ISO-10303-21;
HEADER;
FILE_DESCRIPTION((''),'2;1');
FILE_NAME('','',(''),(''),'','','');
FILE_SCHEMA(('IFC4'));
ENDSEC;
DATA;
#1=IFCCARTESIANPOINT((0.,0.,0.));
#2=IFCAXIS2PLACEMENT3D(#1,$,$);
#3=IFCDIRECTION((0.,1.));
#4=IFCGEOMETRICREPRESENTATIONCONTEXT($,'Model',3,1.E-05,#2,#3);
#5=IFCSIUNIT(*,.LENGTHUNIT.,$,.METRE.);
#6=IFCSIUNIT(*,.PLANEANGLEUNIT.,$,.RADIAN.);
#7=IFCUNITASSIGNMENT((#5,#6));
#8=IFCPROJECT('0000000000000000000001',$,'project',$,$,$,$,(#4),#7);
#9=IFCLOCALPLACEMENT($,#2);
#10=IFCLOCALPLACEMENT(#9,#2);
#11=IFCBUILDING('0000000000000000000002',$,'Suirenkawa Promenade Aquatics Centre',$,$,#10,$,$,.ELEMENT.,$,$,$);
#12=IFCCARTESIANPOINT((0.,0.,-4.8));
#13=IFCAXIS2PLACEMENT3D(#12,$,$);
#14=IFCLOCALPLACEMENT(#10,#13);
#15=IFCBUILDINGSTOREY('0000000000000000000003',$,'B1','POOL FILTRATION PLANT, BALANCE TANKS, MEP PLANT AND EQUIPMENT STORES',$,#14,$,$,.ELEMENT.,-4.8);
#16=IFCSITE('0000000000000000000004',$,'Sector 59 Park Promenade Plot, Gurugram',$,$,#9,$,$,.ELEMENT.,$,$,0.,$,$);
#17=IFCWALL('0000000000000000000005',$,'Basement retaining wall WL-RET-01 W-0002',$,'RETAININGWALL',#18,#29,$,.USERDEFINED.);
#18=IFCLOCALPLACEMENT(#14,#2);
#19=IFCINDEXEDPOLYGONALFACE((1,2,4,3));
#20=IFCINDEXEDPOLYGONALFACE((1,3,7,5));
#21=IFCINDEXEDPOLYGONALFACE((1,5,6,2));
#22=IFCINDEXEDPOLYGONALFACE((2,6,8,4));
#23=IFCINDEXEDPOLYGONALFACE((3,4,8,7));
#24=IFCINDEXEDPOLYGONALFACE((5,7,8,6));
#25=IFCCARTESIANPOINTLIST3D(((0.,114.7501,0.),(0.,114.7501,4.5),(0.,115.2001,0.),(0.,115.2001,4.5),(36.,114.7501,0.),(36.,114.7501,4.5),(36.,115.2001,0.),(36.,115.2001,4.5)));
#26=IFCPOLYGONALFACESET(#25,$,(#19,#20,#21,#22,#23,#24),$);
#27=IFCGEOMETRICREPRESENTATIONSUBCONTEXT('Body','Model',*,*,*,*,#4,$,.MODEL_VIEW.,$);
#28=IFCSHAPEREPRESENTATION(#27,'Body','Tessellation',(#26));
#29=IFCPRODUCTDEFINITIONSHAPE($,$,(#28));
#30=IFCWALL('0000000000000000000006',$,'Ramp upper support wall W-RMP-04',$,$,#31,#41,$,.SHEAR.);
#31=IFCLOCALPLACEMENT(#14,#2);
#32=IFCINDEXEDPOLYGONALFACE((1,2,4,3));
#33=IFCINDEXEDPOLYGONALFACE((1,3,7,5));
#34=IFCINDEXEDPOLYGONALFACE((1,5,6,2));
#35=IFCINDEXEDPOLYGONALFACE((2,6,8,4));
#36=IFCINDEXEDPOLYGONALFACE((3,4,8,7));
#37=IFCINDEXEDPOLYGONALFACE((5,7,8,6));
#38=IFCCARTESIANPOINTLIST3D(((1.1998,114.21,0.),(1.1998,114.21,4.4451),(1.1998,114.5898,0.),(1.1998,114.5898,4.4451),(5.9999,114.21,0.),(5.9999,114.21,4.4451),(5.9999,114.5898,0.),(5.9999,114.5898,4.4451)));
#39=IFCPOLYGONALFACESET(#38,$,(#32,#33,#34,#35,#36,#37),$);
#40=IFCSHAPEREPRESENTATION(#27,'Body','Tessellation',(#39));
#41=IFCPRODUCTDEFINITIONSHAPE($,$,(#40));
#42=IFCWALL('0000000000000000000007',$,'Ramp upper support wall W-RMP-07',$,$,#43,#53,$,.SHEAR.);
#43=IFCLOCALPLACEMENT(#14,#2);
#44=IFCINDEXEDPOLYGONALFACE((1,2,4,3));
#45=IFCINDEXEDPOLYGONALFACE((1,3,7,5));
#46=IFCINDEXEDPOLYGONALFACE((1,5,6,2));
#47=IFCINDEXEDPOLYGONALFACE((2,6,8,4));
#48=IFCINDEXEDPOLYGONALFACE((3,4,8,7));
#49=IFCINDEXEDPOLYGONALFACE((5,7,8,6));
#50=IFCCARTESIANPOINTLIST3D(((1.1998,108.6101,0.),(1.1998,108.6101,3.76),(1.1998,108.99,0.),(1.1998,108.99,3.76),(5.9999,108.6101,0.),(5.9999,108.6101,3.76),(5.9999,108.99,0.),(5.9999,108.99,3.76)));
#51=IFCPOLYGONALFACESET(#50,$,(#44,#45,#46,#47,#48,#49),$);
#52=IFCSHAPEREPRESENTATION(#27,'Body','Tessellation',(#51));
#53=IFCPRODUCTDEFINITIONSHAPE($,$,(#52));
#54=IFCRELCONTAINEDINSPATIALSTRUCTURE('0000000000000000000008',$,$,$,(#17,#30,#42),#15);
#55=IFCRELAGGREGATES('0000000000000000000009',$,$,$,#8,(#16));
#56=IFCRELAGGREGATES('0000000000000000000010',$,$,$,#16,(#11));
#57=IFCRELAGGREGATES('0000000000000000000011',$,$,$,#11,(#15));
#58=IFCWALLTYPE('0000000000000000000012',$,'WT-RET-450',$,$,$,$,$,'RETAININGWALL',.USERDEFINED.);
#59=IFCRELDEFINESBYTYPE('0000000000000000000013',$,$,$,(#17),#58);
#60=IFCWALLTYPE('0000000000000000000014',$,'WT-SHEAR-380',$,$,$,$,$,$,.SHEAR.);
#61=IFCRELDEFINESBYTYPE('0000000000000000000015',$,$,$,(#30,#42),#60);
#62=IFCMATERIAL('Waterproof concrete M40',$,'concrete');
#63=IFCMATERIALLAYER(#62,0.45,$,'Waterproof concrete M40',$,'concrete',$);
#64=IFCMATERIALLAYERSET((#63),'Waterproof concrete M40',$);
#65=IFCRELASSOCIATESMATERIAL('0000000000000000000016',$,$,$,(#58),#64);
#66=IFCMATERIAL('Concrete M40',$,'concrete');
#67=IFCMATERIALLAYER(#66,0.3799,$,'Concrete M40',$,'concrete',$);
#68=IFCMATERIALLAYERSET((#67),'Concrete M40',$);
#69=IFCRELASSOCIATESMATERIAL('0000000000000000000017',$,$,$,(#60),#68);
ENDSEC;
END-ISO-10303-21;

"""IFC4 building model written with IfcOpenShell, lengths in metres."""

from ifc_helpers import new_model, si_unit, direction, frame, frame_2d, origin, place, context, subcontext, project, spatial, rectangle, extrude, material, layer, layer_set, type_object, element, save


model = new_model("IFC4")

# Units and contexts
model_context = context("Model", 3, precision=1e-05, world=origin(), true_north=direction((0.0, 1.0)))
body_context = subcontext(model_context, "Body", "Model", "MODEL_VIEW")
ifc_project = project(units=[si_unit("LENGTHUNIT", "METRE"), si_unit("PLANEANGLEUNIT", "RADIAN")], contexts=[model_context])

# Site, building, storey
site_placement = place(None, origin())
site = spatial("IfcSite", under=ifc_project, at=site_placement, Name="Sector 59 Park Promenade Plot, Gurugram", CompositionType="ELEMENT", RefElevation=0.0)
building_placement = place(site_placement, origin())
building = spatial("IfcBuilding", under=site, at=building_placement, Name="Suirenkawa Promenade Aquatics Centre", CompositionType="ELEMENT")
storey_placement = place(building_placement, frame((0.0, 0.0, -4.8)))
storey = spatial("IfcBuildingStorey", under=building, at=storey_placement, Name="B1", Description="POOL FILTRATION PLANT, BALANCE TANKS, MEP PLANT AND EQUIPMENT STORES", CompositionType="ELEMENT", Elevation=-4.8)

# Shared definitions
ifc_material_1 = material(Name="Concrete M40", Category="concrete")

# Walls
ifc_material_2 = material(Name="Waterproof concrete M40", Category="concrete")
ifc_layer_1 = layer(ifc_material_2, 0.45, Name="Waterproof concrete M40", Category="concrete")
ifc_layer_set_1 = layer_set([ifc_layer_1], Name="Waterproof concrete M40")
wall_type_1 = type_object("IfcWallType", Name="WT-RET-450", ElementType="RETAININGWALL", PredefinedType="USERDEFINED", material=ifc_layer_set_1)
wall_1_placement = place(storey_placement, frame((0.0, 114.9751, 0.0), z_axis=(0.0, 0.0, 1.0), x_axis=(1.0, 0.0, 0.0)))
element("IfcWall", 1, at=wall_1_placement, inside=storey, type_object=wall_type_1, Name="Basement retaining wall WL-RET-01 W-0002", ObjectType="RETAININGWALL", PredefinedType="USERDEFINED", context=body_context, shape_type="SweptSolid", body=[
    extrude(rectangle(XDim=36.0, YDim=0.45, at=frame_2d((18.0, 0.0))), origin(), (0.0, 0.0, 1.0), 4.5),
])
ifc_layer_2 = layer(ifc_material_1, 0.3799, Name="Concrete M40", Category="concrete")
ifc_layer_set_2 = layer_set([ifc_layer_2], Name="Concrete M40")
wall_type_2 = type_object("IfcWallType", Name="WT-SHEAR-380", PredefinedType="SHEAR", material=ifc_layer_set_2)
wall_2_placement = place(storey_placement, frame((1.2, 114.3999, 0.0), z_axis=(0.0, 0.0, 1.0), x_axis=(1.0, 0.0, 0.0)))
element("IfcWall", 2, at=wall_2_placement, inside=storey, type_object=wall_type_2, Name="Ramp upper support wall W-RMP-04", PredefinedType="SHEAR", context=body_context, shape_type="SweptSolid", body=[
    extrude(rectangle(XDim=4.8, YDim=0.3799, at=frame_2d((2.3999, 0.0))), origin(), (0.0, 0.0, 1.0), 4.4451),
])
wall_3_placement = place(storey_placement, frame((1.2, 108.8, 0.0), z_axis=(0.0, 0.0, 1.0), x_axis=(1.0, 0.0, 0.0)))
element("IfcWall", 3, at=wall_3_placement, inside=storey, type_object=wall_type_2, Name="Ramp upper support wall W-RMP-07", PredefinedType="SHEAR", context=body_context, shape_type="SweptSolid", body=[
    extrude(rectangle(XDim=4.8, YDim=0.3799, at=frame_2d((2.3999, 0.0))), origin(), (0.0, 0.0, 1.0), 3.76),
])

save(model, "model.ifc")
